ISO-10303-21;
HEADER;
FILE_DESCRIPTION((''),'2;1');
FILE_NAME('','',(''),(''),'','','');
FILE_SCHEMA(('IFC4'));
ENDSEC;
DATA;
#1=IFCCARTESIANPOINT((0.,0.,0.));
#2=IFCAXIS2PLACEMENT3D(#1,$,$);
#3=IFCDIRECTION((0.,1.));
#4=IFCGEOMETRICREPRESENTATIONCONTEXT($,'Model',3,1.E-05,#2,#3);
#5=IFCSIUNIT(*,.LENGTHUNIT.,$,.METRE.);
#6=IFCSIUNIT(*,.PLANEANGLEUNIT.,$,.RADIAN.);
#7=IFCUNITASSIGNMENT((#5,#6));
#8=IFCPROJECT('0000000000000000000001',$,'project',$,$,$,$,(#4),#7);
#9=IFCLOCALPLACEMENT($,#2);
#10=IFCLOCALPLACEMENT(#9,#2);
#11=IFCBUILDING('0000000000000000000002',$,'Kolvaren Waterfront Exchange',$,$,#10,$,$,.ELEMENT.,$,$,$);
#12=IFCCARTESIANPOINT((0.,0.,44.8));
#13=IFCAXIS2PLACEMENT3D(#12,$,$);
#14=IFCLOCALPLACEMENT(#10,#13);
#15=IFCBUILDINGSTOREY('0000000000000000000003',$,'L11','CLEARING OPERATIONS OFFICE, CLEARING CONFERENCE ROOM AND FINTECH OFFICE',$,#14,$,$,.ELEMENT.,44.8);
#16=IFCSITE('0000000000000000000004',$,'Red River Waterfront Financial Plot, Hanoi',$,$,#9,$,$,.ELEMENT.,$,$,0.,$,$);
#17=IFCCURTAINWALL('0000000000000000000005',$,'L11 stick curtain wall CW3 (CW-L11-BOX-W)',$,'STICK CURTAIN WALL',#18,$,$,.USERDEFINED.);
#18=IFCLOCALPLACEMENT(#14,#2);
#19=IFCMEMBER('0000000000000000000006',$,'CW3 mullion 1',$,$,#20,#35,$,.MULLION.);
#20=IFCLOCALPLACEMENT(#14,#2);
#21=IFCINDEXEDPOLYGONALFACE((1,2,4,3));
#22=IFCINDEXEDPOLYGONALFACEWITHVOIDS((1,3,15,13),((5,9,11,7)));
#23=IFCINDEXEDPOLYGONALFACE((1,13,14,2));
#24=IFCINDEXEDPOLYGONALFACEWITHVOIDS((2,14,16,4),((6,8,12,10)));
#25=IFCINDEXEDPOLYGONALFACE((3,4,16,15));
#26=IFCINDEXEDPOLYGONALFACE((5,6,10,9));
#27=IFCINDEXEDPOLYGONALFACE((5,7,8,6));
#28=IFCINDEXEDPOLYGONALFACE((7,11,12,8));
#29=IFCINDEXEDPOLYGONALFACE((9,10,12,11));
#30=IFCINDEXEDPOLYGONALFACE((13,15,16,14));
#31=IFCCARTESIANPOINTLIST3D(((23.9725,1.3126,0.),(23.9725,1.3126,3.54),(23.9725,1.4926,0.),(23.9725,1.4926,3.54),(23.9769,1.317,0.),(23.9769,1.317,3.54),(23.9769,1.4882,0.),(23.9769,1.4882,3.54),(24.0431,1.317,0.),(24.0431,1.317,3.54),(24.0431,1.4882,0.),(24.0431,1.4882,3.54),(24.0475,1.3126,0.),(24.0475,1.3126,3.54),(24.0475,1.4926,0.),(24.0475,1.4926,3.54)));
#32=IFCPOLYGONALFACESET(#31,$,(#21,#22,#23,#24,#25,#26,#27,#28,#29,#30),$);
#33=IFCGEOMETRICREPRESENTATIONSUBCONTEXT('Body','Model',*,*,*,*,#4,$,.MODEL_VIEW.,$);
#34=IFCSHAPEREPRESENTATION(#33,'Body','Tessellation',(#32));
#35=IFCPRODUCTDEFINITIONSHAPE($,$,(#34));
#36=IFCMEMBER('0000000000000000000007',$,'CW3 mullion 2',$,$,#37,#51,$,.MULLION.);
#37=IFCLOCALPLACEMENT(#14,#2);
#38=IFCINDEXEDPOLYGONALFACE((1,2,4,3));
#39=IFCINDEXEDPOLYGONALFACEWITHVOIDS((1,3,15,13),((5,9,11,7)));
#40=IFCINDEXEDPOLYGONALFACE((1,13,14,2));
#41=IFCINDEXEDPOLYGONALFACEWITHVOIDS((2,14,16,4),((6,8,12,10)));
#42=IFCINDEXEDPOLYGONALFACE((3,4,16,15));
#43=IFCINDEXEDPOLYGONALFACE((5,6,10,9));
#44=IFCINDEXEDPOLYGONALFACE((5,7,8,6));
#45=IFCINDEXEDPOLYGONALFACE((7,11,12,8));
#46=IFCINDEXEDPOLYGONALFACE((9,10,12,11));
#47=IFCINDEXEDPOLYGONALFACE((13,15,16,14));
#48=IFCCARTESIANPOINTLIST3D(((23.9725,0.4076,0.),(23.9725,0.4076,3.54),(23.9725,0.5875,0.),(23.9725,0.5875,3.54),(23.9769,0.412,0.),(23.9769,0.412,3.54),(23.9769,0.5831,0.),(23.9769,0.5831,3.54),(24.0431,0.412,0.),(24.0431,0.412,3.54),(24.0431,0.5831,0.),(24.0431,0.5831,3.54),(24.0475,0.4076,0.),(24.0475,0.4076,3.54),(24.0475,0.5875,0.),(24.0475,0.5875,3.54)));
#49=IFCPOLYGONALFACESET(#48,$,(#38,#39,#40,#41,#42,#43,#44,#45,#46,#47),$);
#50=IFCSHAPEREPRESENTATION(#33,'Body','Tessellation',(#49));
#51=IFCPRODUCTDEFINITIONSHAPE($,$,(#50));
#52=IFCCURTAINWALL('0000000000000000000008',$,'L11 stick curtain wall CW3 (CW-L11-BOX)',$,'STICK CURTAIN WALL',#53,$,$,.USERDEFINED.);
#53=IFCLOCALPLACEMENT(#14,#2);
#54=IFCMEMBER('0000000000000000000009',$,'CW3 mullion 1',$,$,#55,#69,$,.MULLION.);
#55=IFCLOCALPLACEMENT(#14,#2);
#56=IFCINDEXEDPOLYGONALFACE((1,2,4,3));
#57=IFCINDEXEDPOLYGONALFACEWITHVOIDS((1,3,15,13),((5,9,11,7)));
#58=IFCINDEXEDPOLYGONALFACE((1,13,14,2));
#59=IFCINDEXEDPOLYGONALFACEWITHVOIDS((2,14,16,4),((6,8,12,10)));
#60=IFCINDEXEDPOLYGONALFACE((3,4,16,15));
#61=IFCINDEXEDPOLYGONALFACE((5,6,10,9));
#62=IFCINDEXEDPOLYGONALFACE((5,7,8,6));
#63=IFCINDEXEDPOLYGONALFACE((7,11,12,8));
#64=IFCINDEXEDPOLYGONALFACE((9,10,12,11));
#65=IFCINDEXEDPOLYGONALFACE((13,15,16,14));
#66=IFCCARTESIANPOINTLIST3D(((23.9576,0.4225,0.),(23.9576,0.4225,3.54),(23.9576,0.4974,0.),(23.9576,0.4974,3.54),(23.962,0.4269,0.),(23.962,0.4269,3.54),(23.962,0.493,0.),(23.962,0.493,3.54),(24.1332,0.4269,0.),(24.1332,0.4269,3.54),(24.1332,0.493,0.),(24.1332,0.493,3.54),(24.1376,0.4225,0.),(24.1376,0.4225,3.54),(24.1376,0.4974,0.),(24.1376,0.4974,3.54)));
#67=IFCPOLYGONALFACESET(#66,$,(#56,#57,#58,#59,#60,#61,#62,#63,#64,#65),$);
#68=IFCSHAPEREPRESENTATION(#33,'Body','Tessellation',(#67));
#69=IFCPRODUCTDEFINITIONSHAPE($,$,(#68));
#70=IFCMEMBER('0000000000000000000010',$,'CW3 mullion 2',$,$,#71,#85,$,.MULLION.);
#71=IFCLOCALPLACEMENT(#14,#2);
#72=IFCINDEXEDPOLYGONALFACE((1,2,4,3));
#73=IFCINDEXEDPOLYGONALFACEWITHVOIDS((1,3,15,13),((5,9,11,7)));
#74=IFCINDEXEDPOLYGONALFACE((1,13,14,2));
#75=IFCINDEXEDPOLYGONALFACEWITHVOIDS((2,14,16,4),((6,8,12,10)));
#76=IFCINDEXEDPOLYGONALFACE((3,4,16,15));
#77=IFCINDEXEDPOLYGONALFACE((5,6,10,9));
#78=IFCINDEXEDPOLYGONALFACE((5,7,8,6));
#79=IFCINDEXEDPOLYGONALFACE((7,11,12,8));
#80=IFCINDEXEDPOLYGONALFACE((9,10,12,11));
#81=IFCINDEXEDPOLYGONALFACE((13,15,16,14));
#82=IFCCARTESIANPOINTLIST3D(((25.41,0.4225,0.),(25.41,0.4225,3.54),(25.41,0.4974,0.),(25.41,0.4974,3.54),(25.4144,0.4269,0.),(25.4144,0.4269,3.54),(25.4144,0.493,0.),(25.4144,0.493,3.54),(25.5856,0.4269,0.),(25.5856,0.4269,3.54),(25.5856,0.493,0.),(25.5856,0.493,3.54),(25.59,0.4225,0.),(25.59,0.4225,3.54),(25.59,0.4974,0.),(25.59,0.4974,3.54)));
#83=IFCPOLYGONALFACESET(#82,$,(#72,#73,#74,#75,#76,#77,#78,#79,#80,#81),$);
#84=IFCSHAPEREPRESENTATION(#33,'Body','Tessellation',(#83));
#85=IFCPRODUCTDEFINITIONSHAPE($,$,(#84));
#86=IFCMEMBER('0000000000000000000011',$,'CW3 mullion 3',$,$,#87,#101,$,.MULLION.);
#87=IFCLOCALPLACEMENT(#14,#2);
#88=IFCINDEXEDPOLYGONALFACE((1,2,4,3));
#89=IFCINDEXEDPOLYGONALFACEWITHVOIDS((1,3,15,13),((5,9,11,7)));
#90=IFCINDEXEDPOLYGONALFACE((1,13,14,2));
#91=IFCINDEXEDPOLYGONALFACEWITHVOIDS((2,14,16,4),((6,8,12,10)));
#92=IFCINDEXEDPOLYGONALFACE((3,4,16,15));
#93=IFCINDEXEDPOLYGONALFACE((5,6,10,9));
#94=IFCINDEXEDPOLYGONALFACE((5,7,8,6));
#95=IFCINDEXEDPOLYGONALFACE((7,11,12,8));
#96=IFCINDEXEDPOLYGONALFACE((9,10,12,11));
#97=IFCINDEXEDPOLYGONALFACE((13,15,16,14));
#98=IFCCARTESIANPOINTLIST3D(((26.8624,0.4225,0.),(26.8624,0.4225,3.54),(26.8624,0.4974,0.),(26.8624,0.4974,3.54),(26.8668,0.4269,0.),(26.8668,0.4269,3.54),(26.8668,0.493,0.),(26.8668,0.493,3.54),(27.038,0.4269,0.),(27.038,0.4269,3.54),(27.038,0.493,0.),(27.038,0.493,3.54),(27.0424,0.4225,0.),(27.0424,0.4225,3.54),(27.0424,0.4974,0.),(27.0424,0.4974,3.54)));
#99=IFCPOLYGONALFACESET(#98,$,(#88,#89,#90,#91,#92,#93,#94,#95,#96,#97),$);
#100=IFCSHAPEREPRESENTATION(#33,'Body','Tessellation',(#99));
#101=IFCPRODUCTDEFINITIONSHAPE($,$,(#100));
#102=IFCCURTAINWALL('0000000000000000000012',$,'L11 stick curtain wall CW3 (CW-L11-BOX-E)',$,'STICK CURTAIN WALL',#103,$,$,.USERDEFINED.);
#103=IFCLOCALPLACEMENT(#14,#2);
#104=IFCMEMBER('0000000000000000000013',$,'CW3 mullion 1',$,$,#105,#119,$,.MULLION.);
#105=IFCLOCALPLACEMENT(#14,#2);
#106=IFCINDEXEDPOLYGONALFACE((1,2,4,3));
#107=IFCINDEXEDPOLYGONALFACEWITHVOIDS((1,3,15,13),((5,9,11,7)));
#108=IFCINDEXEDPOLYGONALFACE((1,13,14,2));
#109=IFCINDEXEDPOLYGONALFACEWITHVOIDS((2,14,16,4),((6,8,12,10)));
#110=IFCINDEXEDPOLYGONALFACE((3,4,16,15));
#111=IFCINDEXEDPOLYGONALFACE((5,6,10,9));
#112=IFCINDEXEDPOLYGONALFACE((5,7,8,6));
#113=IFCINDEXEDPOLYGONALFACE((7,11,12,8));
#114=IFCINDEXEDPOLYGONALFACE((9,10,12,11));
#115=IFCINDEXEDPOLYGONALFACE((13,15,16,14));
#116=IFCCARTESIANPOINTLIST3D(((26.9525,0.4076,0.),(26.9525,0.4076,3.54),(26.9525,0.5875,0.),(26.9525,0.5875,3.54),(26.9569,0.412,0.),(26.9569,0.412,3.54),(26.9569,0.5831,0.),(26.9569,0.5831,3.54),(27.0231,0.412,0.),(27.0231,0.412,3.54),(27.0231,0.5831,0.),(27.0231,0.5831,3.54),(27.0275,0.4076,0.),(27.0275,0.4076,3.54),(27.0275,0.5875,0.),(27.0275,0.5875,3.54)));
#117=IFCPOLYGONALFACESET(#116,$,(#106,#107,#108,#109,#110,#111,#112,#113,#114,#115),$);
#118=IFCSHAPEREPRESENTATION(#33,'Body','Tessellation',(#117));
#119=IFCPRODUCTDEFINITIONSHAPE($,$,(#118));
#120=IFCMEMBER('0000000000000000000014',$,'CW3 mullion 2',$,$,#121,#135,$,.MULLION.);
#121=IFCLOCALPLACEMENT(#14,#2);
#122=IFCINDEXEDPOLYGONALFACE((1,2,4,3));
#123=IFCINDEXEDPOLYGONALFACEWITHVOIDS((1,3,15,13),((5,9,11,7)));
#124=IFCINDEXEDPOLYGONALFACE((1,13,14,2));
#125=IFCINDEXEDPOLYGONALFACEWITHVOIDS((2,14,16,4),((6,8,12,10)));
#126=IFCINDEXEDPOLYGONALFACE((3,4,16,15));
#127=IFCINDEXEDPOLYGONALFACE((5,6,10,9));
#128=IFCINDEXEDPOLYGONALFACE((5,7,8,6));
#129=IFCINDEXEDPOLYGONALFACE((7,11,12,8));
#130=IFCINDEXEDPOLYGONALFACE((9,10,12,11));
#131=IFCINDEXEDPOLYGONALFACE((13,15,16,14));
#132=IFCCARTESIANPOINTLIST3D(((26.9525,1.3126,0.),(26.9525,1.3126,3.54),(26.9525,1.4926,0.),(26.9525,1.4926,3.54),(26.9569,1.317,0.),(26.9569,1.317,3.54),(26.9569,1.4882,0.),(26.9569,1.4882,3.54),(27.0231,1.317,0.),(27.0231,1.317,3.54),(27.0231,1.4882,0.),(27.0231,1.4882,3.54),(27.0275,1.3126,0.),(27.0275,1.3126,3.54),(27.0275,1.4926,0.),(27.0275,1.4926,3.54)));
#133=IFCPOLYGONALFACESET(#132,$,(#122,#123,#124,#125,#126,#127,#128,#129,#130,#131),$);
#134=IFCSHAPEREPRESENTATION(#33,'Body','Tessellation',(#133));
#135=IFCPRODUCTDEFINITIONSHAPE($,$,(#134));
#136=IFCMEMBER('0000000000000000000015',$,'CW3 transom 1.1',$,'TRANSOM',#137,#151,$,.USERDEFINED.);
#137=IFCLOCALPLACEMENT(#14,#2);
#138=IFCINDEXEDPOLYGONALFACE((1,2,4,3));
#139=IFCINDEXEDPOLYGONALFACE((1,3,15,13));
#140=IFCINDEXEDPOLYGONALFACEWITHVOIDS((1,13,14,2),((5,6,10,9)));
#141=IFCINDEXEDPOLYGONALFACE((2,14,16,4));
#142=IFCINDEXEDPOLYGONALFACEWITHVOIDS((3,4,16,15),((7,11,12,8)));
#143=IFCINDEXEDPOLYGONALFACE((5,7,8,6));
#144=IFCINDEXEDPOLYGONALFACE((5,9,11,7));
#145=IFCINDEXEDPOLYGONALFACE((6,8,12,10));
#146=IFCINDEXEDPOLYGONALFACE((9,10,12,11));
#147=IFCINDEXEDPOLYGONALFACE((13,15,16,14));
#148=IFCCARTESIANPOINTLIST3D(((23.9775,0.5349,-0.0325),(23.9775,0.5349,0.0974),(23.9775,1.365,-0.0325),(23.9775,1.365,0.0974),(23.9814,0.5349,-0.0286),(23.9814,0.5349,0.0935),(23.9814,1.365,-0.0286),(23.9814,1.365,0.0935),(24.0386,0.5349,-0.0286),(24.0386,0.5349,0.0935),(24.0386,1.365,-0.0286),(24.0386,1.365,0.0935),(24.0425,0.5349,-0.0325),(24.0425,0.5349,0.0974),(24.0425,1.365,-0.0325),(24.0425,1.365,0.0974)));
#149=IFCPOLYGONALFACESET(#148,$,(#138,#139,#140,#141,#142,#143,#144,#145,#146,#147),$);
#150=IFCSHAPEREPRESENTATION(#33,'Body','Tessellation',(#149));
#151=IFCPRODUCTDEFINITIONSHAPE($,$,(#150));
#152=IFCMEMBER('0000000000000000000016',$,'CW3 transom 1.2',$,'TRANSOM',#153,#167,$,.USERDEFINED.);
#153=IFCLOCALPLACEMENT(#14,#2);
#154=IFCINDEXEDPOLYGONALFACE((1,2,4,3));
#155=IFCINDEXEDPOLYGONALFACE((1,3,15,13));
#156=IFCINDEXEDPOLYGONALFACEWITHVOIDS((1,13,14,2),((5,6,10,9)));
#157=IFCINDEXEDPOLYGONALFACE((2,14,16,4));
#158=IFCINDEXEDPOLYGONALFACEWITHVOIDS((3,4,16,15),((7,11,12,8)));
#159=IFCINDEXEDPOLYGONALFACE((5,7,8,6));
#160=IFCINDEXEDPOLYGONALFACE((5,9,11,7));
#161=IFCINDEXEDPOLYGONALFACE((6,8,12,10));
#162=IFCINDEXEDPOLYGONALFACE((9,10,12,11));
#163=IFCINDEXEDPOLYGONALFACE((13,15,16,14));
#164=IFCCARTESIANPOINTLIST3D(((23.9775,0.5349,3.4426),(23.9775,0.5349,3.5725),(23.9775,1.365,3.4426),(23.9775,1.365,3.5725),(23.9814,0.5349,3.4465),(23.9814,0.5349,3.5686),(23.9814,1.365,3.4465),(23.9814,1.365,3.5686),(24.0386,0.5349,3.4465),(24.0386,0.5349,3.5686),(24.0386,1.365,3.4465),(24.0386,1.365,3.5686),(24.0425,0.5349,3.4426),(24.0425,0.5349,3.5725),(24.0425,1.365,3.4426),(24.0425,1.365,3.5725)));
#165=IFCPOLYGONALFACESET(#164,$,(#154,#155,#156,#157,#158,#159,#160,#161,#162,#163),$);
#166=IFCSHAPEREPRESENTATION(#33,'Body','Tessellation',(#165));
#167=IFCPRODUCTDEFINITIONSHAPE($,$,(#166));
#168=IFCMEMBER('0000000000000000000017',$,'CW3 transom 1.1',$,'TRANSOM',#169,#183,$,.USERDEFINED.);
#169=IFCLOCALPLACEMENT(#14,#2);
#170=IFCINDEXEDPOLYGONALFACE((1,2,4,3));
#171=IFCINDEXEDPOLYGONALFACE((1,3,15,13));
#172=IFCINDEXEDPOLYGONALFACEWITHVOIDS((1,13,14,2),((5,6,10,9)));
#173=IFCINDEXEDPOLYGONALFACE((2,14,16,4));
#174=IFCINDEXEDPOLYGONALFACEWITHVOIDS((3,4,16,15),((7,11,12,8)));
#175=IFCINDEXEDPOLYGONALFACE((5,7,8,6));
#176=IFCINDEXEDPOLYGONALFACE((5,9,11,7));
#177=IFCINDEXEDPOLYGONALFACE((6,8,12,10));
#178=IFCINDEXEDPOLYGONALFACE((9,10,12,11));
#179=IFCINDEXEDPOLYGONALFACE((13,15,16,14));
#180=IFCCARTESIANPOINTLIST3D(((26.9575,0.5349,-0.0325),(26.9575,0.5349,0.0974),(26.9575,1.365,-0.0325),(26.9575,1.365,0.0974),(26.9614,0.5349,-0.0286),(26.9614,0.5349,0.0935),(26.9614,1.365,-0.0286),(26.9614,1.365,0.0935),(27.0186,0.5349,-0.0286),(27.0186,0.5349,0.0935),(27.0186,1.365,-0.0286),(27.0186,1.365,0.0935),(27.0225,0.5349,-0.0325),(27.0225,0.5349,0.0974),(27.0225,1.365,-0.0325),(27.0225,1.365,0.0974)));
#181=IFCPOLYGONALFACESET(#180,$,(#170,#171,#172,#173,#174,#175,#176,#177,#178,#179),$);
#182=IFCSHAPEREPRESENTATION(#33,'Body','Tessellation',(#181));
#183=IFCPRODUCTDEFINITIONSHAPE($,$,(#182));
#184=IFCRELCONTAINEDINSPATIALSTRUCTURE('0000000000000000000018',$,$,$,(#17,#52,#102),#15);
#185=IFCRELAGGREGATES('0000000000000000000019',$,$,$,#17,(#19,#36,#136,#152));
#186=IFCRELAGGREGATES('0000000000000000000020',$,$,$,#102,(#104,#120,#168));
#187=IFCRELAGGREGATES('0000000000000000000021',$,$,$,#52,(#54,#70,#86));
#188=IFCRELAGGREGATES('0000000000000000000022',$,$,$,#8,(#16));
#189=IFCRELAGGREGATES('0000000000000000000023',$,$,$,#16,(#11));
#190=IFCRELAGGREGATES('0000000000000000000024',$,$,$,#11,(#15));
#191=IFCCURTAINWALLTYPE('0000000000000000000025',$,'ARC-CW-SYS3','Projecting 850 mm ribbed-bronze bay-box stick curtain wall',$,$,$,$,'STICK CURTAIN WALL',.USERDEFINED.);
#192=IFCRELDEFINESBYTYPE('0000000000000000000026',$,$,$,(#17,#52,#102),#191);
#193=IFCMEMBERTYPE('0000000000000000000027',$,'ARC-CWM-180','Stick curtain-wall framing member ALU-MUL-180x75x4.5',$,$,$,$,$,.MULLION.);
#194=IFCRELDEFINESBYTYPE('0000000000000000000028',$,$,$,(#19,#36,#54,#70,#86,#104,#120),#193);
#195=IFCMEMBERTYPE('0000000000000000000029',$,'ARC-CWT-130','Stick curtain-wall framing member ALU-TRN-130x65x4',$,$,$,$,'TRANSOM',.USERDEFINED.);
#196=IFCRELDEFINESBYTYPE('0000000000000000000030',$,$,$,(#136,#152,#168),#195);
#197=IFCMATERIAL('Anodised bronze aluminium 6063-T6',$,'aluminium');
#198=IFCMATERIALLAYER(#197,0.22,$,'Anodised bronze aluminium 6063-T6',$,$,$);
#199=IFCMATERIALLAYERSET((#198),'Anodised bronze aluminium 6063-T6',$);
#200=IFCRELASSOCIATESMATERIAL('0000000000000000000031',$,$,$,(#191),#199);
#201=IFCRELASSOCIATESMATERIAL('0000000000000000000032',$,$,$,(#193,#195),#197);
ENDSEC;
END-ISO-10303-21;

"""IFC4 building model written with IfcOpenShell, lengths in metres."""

from ifc_helpers import new_model, si_unit, direction, frame, origin, origin_with_axes, origin_2d, place, context, subcontext, project, spatial, hollow_rectangle, extrude, source, transform, mapped, material, layer, layer_set, material_profile, profile_set, type_object, element, aggregate, save


model = new_model("IFC4")

# Units and contexts
model_context = context("Model", 3, precision=1e-05, world=origin(), true_north=direction((0.0, 1.0)))
body_context = subcontext(model_context, "Body", "Model", "MODEL_VIEW")
ifc_project = project(units=[si_unit("LENGTHUNIT", "METRE"), si_unit("PLANEANGLEUNIT", "RADIAN")], contexts=[model_context])

# Site, building, storey
site_placement = place(None, origin())
site = spatial("IfcSite", under=ifc_project, at=site_placement, Name="Red River Waterfront Financial Plot, Hanoi", CompositionType="ELEMENT", RefElevation=0.0)
building_placement = place(site_placement, origin())
building = spatial("IfcBuilding", under=site, at=building_placement, Name="Kolvaren Waterfront Exchange", CompositionType="ELEMENT")
storey_placement = place(building_placement, frame((0.0, 0.0, 44.8)))
storey = spatial("IfcBuildingStorey", under=building, at=storey_placement, Name="L11", Description="CLEARING OPERATIONS OFFICE, CLEARING CONFERENCE ROOM AND FINTECH OFFICE", CompositionType="ELEMENT", Elevation=44.8)

# Curtain walls, members
ifc_material_1 = material(Name="Anodised bronze aluminium 6063-T6", Category="aluminium")
ifc_layer_1 = layer(ifc_material_1, 0.22, Name="Anodised bronze aluminium 6063-T6")
ifc_layer_set_1 = layer_set([ifc_layer_1], Name="Anodised bronze aluminium 6063-T6")
curtain_wall_type_1 = type_object("IfcCurtainWallType", Name="ARC-CW-SYS3", Description="Projecting 850 mm ribbed-bronze bay-box stick curtain wall", ElementType="STICK CURTAIN WALL", PredefinedType="USERDEFINED", material=ifc_layer_set_1)
curtain_wall_1_placement = place(storey_placement, origin())
curtain_wall_1 = element("IfcCurtainWall", 1, at=curtain_wall_1_placement, inside=storey, type_object=curtain_wall_type_1, Name="L11 stick curtain wall CW3 (CW-L11-BOX-W)", ObjectType="STICK CURTAIN WALL", PredefinedType="USERDEFINED")
ifc_material_profile_1 = material_profile(ifc_material_1, hollow_rectangle(XDim=0.075, YDim=0.1799, WallThickness=0.0044, at=origin_2d()), Name="ALU-MUL-180x75x4.5")
ifc_profile_set_1 = profile_set([ifc_material_profile_1], Name="Anodised bronze aluminium 6063-T6")
member_type_1 = type_object("IfcMemberType", Name="ARC-CWM-180", Description="Stick curtain-wall framing member ALU-MUL-180x75x4.5", PredefinedType="MULLION", material=ifc_profile_set_1)
shared_shape_1 = source(origin_with_axes(), body_context, "Body", "SweptSolid", [
    extrude(hollow_rectangle(XDim=0.075, YDim=0.1799, WallThickness=0.0044, at=origin_2d()), origin(), (0.0, 0.0, 1.0), 3.54),
])
member_1_placement = place(storey_placement, frame((24.01, 1.4026, 0.0), z_axis=(0.0, 0.0, 1.0), x_axis=(1.0, 0.0, 0.0)))
member_1 = element("IfcMember", 2, at=member_1_placement, type_object=member_type_1, Name="CW3 mullion 1", PredefinedType="MULLION", context=body_context, shape_type="MappedRepresentation", body=[
    mapped(shared_shape_1, transform((0.0, 0.0, 0.0), x_axis=(1.0, 0.0, 0.0), y_axis=(0.0, 1.0, 0.0), z_axis=(0.0, 0.0, 1.0), scale=1.0)),
])
member_2_placement = place(storey_placement, frame((24.01, 0.4976, 0.0), z_axis=(0.0, 0.0, 1.0), x_axis=(1.0, 0.0, 0.0)))
member_2 = element("IfcMember", 3, at=member_2_placement, type_object=member_type_1, Name="CW3 mullion 2", PredefinedType="MULLION", context=body_context, shape_type="MappedRepresentation", body=[
    mapped(shared_shape_1, transform((0.0, 0.0, 0.0), x_axis=(1.0, 0.0, 0.0), y_axis=(0.0, 1.0, 0.0), z_axis=(0.0, 0.0, 1.0), scale=1.0)),
])
curtain_wall_2_placement = place(storey_placement, origin())
curtain_wall_2 = element("IfcCurtainWall", 4, at=curtain_wall_2_placement, inside=storey, type_object=curtain_wall_type_1, Name="L11 stick curtain wall CW3 (CW-L11-BOX)", ObjectType="STICK CURTAIN WALL", PredefinedType="USERDEFINED")
member_3_placement = place(storey_placement, frame((24.0476, 0.46, 0.0), z_axis=(0.0, 0.0, 1.0), x_axis=(0.0, 1.0, 0.0)))
member_3 = element("IfcMember", 5, at=member_3_placement, type_object=member_type_1, Name="CW3 mullion 1", PredefinedType="MULLION", context=body_context, shape_type="MappedRepresentation", body=[
    mapped(shared_shape_1, transform((0.0, 0.0, 0.0), x_axis=(1.0, 0.0, 0.0), y_axis=(0.0, 1.0, 0.0), z_axis=(0.0, 0.0, 1.0), scale=1.0)),
])
member_4_placement = place(storey_placement, frame((25.5, 0.46, 0.0), z_axis=(0.0, 0.0, 1.0), x_axis=(0.0, 1.0, 0.0)))
member_4 = element("IfcMember", 6, at=member_4_placement, type_object=member_type_1, Name="CW3 mullion 2", PredefinedType="MULLION", context=body_context, shape_type="MappedRepresentation", body=[
    mapped(shared_shape_1, transform((0.0, 0.0, 0.0), x_axis=(1.0, 0.0, 0.0), y_axis=(0.0, 1.0, 0.0), z_axis=(0.0, 0.0, 1.0), scale=1.0)),
])
member_5_placement = place(storey_placement, frame((26.9524, 0.46, 0.0), z_axis=(0.0, 0.0, 1.0), x_axis=(0.0, 1.0, 0.0)))
member_5 = element("IfcMember", 7, at=member_5_placement, type_object=member_type_1, Name="CW3 mullion 3", PredefinedType="MULLION", context=body_context, shape_type="MappedRepresentation", body=[
    mapped(shared_shape_1, transform((0.0, 0.0, 0.0), x_axis=(1.0, 0.0, 0.0), y_axis=(0.0, 1.0, 0.0), z_axis=(0.0, 0.0, 1.0), scale=1.0)),
])
curtain_wall_3_placement = place(storey_placement, origin())
curtain_wall_3 = element("IfcCurtainWall", 8, at=curtain_wall_3_placement, inside=storey, type_object=curtain_wall_type_1, Name="L11 stick curtain wall CW3 (CW-L11-BOX-E)", ObjectType="STICK CURTAIN WALL", PredefinedType="USERDEFINED")
member_6_placement = place(storey_placement, frame((26.99, 0.4976, 0.0), z_axis=(0.0, 0.0, 1.0), x_axis=(-1.0, 0.0, 0.0)))
member_6 = element("IfcMember", 9, at=member_6_placement, type_object=member_type_1, Name="CW3 mullion 1", PredefinedType="MULLION", context=body_context, shape_type="MappedRepresentation", body=[
    mapped(shared_shape_1, transform((0.0, 0.0, 0.0), x_axis=(1.0, 0.0, 0.0), y_axis=(0.0, 1.0, 0.0), z_axis=(0.0, 0.0, 1.0), scale=1.0)),
])
member_7_placement = place(storey_placement, frame((26.99, 1.4026, 0.0), z_axis=(0.0, 0.0, 1.0), x_axis=(-1.0, 0.0, 0.0)))
member_7 = element("IfcMember", 10, at=member_7_placement, type_object=member_type_1, Name="CW3 mullion 2", PredefinedType="MULLION", context=body_context, shape_type="MappedRepresentation", body=[
    mapped(shared_shape_1, transform((0.0, 0.0, 0.0), x_axis=(1.0, 0.0, 0.0), y_axis=(0.0, 1.0, 0.0), z_axis=(0.0, 0.0, 1.0), scale=1.0)),
])

# Members
ifc_material_profile_2 = material_profile(ifc_material_1, hollow_rectangle(XDim=0.0649, YDim=0.1299, WallThickness=0.0039, at=origin_2d()), Name="ALU-TRN-130x65x4")
ifc_profile_set_2 = profile_set([ifc_material_profile_2], Name="Anodised bronze aluminium 6063-T6")
member_type_2 = type_object("IfcMemberType", Name="ARC-CWT-130", Description="Stick curtain-wall framing member ALU-TRN-130x65x4", ElementType="TRANSOM", PredefinedType="USERDEFINED", material=ifc_profile_set_2)
shared_shape_2 = source(origin_with_axes(), body_context, "Body", "SweptSolid", [
    extrude(hollow_rectangle(XDim=0.0649, YDim=0.1299, WallThickness=0.0039, at=origin_2d()), origin(), (0.0, 0.0, 1.0), 0.8301),
])
member_8_placement = place(storey_placement, frame((24.01, 1.365, 0.0325), z_axis=(0.0, -1.0, 0.0), x_axis=(1.0, 0.0, 0.0)))
member_8 = element("IfcMember", 11, at=member_8_placement, type_object=member_type_2, Name="CW3 transom 1.1", ObjectType="TRANSOM", PredefinedType="USERDEFINED", context=body_context, shape_type="MappedRepresentation", body=[
    mapped(shared_shape_2, transform((0.0, 0.0, 0.0), x_axis=(1.0, 0.0, 0.0), y_axis=(0.0, 1.0, 0.0), z_axis=(0.0, 0.0, 1.0), scale=1.0)),
])
member_9_placement = place(storey_placement, frame((24.01, 1.365, 3.5076), z_axis=(0.0, -1.0, 0.0), x_axis=(1.0, 0.0, 0.0)))
member_9 = element("IfcMember", 12, at=member_9_placement, type_object=member_type_2, Name="CW3 transom 1.2", ObjectType="TRANSOM", PredefinedType="USERDEFINED", context=body_context, shape_type="MappedRepresentation", body=[
    mapped(shared_shape_2, transform((0.0, 0.0, 0.0), x_axis=(1.0, 0.0, 0.0), y_axis=(0.0, 1.0, 0.0), z_axis=(0.0, 0.0, 1.0), scale=1.0)),
])
member_10_placement = place(storey_placement, frame((26.99, 0.5349, 0.0325), z_axis=(0.0, 1.0, 0.0), x_axis=(-1.0, 0.0, 0.0)))
member_10 = element("IfcMember", 13, at=member_10_placement, type_object=member_type_2, Name="CW3 transom 1.1", ObjectType="TRANSOM", PredefinedType="USERDEFINED", context=body_context, shape_type="MappedRepresentation", body=[
    mapped(shared_shape_2, transform((0.0, 0.0, 0.0), x_axis=(1.0, 0.0, 0.0), y_axis=(0.0, 1.0, 0.0), z_axis=(0.0, 0.0, 1.0), scale=1.0)),
])

aggregate(curtain_wall_1, [member_1, member_2, member_8, member_9])
aggregate(curtain_wall_3, [member_6, member_7, member_10])
aggregate(curtain_wall_2, [member_3, member_4, member_5])

save(model, "model.ifc")
